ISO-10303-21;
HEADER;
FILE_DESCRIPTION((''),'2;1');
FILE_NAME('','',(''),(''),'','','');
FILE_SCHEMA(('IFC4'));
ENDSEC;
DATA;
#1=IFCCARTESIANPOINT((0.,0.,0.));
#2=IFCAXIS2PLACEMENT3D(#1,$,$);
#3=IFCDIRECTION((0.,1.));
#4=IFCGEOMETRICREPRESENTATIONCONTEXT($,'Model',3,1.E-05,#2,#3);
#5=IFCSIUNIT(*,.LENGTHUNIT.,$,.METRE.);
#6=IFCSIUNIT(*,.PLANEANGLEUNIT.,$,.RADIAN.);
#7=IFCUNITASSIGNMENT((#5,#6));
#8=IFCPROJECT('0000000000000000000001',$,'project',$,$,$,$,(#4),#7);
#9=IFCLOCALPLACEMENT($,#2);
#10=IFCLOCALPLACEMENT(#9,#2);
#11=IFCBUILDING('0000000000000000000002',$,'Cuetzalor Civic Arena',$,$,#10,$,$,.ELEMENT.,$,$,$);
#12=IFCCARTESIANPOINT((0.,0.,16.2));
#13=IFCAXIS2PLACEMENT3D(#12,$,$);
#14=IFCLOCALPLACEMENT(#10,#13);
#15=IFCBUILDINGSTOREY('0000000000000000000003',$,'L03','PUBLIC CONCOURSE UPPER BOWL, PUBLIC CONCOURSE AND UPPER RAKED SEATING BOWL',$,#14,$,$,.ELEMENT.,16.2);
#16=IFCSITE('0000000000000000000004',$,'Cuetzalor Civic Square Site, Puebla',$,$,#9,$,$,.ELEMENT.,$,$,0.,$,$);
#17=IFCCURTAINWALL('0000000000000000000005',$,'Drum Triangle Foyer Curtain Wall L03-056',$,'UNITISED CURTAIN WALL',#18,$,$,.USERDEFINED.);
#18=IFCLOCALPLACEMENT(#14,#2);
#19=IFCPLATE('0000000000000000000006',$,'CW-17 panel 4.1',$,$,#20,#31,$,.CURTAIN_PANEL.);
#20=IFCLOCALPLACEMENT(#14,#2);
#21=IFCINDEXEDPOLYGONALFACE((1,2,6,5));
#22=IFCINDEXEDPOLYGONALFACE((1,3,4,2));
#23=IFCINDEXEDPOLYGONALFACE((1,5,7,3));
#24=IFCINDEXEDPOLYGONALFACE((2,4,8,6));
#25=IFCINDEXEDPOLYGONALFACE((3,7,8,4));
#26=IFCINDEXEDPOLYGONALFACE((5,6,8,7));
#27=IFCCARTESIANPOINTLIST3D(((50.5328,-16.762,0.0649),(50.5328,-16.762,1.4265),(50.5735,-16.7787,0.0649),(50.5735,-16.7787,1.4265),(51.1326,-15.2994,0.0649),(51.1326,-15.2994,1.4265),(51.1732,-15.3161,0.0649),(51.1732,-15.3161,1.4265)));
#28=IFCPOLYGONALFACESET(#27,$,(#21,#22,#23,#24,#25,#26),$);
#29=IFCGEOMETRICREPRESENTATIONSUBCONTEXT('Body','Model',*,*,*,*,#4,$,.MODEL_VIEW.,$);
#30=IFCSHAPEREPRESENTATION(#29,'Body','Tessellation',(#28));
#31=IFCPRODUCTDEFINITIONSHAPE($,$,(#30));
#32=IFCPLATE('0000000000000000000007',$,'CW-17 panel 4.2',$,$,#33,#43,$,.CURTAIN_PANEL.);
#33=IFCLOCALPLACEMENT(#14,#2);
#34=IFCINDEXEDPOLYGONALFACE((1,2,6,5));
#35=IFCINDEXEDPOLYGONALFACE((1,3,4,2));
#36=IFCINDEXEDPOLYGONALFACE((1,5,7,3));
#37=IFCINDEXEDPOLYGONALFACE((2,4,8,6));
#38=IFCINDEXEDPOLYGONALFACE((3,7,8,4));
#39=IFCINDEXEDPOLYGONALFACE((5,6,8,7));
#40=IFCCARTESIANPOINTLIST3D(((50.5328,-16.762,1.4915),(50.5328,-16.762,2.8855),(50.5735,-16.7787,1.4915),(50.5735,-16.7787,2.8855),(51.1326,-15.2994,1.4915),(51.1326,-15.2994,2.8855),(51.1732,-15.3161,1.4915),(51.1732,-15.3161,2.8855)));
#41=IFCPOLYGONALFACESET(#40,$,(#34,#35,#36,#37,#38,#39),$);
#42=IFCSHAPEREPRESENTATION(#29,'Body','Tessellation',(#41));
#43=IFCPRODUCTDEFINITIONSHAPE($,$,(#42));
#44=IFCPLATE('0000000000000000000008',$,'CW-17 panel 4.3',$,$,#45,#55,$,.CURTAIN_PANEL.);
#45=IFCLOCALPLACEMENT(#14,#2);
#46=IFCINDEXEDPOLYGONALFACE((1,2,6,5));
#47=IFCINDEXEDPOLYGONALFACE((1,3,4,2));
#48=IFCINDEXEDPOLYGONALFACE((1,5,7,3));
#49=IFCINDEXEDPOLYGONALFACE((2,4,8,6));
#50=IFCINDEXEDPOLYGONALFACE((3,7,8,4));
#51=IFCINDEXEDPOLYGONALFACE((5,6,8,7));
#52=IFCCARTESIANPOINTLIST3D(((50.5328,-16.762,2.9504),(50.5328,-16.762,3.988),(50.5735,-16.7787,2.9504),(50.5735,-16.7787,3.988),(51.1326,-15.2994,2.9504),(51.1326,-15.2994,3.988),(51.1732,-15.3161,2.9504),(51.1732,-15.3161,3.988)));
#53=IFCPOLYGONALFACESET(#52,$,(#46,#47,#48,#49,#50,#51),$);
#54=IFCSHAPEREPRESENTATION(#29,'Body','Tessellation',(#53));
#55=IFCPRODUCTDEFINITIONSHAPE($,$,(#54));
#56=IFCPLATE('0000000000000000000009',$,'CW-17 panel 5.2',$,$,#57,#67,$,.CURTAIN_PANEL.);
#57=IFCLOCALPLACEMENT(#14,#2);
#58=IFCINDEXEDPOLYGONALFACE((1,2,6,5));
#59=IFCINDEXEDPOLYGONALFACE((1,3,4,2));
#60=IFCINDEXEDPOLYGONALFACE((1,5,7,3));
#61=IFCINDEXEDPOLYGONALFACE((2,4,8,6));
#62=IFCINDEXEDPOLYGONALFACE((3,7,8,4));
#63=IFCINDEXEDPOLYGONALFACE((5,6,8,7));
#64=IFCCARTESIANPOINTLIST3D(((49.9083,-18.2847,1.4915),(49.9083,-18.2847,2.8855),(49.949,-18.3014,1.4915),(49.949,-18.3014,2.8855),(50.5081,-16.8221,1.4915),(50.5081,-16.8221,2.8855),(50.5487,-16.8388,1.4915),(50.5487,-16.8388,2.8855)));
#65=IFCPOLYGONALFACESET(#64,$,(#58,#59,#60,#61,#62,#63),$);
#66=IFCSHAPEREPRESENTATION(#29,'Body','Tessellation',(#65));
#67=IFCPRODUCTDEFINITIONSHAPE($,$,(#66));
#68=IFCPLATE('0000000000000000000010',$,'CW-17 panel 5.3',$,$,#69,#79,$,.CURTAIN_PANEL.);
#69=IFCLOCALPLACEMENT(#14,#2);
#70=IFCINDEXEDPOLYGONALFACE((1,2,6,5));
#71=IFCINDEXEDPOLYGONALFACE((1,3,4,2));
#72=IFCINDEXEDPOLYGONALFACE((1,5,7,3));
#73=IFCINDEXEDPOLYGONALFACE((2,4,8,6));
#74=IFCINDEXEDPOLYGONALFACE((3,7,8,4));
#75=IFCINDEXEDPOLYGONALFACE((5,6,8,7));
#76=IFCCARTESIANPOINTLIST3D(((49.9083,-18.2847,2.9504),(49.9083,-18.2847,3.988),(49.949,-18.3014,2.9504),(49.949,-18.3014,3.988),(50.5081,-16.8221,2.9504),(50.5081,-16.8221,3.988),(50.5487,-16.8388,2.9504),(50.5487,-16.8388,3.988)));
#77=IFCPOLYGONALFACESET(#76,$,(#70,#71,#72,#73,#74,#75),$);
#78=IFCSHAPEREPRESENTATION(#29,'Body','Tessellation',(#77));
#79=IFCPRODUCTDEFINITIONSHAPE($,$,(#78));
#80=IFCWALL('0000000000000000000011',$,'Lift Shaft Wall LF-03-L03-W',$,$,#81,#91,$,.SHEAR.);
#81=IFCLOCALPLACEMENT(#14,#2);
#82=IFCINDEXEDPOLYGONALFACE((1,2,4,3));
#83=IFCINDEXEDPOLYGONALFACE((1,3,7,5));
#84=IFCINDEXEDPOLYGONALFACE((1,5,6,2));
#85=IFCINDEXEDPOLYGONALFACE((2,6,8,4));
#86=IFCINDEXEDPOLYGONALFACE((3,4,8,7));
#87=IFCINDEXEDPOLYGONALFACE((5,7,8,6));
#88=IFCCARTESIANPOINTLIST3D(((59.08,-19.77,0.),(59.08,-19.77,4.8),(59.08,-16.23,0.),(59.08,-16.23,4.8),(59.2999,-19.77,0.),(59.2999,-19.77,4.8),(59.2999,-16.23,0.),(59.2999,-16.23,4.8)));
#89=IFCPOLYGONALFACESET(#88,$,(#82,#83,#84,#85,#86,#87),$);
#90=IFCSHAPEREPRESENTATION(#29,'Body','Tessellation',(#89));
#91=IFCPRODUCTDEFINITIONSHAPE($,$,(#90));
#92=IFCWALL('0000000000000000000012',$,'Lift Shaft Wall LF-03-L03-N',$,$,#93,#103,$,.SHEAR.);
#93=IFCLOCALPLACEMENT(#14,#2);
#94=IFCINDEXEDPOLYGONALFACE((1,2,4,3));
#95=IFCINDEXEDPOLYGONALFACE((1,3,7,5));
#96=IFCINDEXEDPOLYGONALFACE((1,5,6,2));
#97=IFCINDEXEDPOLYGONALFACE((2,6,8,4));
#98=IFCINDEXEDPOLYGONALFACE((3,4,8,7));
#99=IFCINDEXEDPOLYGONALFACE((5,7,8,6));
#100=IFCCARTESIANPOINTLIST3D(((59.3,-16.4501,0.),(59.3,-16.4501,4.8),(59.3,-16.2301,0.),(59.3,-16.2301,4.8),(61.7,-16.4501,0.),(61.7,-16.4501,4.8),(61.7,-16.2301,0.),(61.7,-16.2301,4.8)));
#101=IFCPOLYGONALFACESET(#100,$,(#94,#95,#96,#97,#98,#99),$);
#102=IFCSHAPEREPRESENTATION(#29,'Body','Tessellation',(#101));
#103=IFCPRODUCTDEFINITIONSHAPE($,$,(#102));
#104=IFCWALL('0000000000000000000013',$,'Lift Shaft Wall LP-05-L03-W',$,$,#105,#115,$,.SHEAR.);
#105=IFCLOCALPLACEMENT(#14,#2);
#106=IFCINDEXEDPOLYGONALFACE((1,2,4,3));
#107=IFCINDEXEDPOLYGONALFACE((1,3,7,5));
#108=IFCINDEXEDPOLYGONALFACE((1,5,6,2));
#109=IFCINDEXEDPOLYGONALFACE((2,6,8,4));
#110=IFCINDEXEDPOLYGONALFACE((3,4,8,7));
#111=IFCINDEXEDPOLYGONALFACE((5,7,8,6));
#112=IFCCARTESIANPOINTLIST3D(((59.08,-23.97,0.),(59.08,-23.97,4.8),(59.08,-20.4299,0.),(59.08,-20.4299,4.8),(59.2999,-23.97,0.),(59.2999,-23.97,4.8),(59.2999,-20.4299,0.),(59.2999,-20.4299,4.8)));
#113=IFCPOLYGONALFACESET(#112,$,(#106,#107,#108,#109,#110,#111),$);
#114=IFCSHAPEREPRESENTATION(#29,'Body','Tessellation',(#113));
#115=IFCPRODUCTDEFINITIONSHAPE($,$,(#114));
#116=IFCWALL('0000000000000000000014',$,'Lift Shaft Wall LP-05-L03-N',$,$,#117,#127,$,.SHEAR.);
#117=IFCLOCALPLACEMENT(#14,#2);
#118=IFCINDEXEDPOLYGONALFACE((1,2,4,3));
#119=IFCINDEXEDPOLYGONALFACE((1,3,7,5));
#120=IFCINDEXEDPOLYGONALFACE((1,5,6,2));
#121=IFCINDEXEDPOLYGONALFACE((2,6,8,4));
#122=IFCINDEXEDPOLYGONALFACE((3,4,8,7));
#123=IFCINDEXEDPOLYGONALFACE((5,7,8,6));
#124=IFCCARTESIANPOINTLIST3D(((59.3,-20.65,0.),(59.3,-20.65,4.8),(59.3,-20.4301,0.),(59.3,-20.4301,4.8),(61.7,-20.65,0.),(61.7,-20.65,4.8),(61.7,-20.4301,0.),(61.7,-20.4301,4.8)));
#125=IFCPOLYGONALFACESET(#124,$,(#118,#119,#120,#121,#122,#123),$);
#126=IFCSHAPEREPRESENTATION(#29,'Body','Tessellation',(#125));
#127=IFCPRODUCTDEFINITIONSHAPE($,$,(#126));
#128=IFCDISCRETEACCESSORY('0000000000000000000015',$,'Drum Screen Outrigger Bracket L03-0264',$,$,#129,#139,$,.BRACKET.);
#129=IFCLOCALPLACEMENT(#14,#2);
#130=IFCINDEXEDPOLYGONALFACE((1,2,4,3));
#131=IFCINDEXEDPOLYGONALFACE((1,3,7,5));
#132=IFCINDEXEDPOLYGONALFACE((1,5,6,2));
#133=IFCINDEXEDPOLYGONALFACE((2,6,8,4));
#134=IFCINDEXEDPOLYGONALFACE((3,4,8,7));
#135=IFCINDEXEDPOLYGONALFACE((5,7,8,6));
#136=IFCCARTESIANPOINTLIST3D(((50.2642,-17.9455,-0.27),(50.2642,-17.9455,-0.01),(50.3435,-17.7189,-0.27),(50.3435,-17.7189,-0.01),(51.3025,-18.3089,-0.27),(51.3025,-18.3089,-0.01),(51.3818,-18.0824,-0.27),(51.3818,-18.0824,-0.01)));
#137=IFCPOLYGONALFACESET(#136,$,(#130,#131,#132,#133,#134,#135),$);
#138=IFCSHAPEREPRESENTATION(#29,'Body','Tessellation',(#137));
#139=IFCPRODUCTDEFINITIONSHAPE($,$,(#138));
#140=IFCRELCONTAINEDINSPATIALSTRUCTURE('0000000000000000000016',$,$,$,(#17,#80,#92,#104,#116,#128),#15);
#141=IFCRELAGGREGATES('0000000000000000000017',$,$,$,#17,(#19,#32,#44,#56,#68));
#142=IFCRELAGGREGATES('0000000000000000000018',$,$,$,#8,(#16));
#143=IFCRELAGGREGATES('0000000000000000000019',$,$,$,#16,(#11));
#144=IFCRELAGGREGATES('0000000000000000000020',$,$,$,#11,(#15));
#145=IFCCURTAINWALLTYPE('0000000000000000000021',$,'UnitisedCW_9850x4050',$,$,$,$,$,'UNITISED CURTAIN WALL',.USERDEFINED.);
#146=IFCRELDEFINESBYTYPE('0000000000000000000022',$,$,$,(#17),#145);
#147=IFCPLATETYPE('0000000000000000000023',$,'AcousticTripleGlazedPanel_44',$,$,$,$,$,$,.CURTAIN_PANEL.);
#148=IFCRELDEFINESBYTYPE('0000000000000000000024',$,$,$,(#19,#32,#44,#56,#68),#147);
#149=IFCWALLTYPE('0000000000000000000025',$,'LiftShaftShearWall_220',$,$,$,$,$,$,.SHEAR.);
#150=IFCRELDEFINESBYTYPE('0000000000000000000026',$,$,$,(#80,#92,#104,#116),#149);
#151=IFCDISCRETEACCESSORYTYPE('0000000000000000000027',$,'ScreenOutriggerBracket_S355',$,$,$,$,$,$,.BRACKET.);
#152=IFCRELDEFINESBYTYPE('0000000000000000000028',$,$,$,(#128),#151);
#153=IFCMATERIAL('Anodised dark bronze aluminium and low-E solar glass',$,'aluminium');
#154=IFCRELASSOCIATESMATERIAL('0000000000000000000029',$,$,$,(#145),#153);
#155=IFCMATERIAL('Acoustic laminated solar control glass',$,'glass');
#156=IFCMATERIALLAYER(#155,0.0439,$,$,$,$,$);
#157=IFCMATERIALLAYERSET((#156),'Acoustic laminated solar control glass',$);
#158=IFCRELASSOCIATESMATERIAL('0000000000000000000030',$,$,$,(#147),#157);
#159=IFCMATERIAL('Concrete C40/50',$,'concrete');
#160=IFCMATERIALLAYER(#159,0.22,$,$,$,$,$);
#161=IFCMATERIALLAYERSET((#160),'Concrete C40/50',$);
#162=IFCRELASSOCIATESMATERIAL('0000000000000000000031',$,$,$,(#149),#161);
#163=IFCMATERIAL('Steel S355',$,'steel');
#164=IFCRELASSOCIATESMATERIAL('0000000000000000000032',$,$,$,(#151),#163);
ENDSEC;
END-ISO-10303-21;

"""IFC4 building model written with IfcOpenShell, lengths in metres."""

from ifc_helpers import new_model, si_unit, direction, frame, frame_2d, origin, origin_2d, place, context, subcontext, project, spatial, rectangle, extrude, material, layer, layer_set, type_object, element, aggregate, save


model = new_model("IFC4")

# Units and contexts
model_context = context("Model", 3, precision=1e-05, world=origin(), true_north=direction((0.0, 1.0)))
body_context = subcontext(model_context, "Body", "Model", "MODEL_VIEW")
ifc_project = project(units=[si_unit("LENGTHUNIT", "METRE"), si_unit("PLANEANGLEUNIT", "RADIAN")], contexts=[model_context])

# Site, building, storey
site_placement = place(None, origin())
site = spatial("IfcSite", under=ifc_project, at=site_placement, Name="Cuetzalor Civic Square Site, Puebla", CompositionType="ELEMENT", RefElevation=0.0)
building_placement = place(site_placement, origin())
building = spatial("IfcBuilding", under=site, at=building_placement, Name="Cuetzalor Civic Arena", CompositionType="ELEMENT")
storey_placement = place(building_placement, frame((0.0, 0.0, 16.2)))
storey = spatial("IfcBuildingStorey", under=building, at=storey_placement, Name="L03", Description="PUBLIC CONCOURSE UPPER BOWL, PUBLIC CONCOURSE AND UPPER RAKED SEATING BOWL", CompositionType="ELEMENT", Elevation=16.2)

# Curtain wall
ifc_material_1 = material(Name="Anodised dark bronze aluminium and low-E solar glass", Category="aluminium")
curtain_wall_type = type_object("IfcCurtainWallType", Name="UnitisedCW_9850x4050", ElementType="UNITISED CURTAIN WALL", PredefinedType="USERDEFINED", material=ifc_material_1)
curtain_wall_placement = place(storey_placement, origin())
curtain_wall = element("IfcCurtainWall", 1, at=curtain_wall_placement, inside=storey, type_object=curtain_wall_type, Name="Drum Triangle Foyer Curtain Wall L03-056", ObjectType="UNITISED CURTAIN WALL", PredefinedType="USERDEFINED")

# Plates
ifc_material_2 = material(Name="Acoustic laminated solar control glass", Category="glass")
ifc_layer_1 = layer(ifc_material_2, 0.0439)
ifc_layer_set_1 = layer_set([ifc_layer_1], Name="Acoustic laminated solar control glass")
plate_type = type_object("IfcPlateType", Name="AcousticTripleGlazedPanel_44", PredefinedType="CURTAIN_PANEL", material=ifc_layer_set_1)
plate_1_placement = place(storey_placement, frame((50.853, -16.0391, 0.0649), z_axis=(0.0, 0.0, 1.0), x_axis=(-0.379391, -0.925236, 0.0)))
plate_1 = element("IfcPlate", 2, at=plate_1_placement, type_object=plate_type, Name="CW-17 panel 4.1", PredefinedType="CURTAIN_PANEL", context=body_context, shape_type="SweptSolid", body=[
    extrude(rectangle(XDim=1.5808, YDim=0.0439, at=origin_2d()), origin(), (0.0, 0.0, 1.0), 1.3616),
])
plate_2_placement = place(storey_placement, frame((50.853, -16.0391, 1.4915), z_axis=(0.0, 0.0, 1.0), x_axis=(-0.379391, -0.925236, 0.0)))
plate_2 = element("IfcPlate", 3, at=plate_2_placement, type_object=plate_type, Name="CW-17 panel 4.2", PredefinedType="CURTAIN_PANEL", context=body_context, shape_type="SweptSolid", body=[
    extrude(rectangle(XDim=1.5808, YDim=0.0439, at=origin_2d()), origin(), (0.0, 0.0, 1.0), 1.394),
])
plate_3_placement = place(storey_placement, frame((50.853, -16.0391, 2.9504), z_axis=(0.0, 0.0, 1.0), x_axis=(-0.379391, -0.925236, 0.0)))
plate_3 = element("IfcPlate", 4, at=plate_3_placement, type_object=plate_type, Name="CW-17 panel 4.3", PredefinedType="CURTAIN_PANEL", context=body_context, shape_type="SweptSolid", body=[
    extrude(rectangle(XDim=1.5808, YDim=0.0439, at=origin_2d()), origin(), (0.0, 0.0, 1.0), 1.0376),
])
plate_4_placement = place(storey_placement, frame((50.2285, -17.5618, 1.4915), z_axis=(0.0, 0.0, 1.0), x_axis=(-0.379391, -0.925236, 0.0)))
plate_4 = element("IfcPlate", 5, at=plate_4_placement, type_object=plate_type, Name="CW-17 panel 5.2", PredefinedType="CURTAIN_PANEL", context=body_context, shape_type="SweptSolid", body=[
    extrude(rectangle(XDim=1.5808, YDim=0.0439, at=origin_2d()), origin(), (0.0, 0.0, 1.0), 1.394),
])
plate_5_placement = place(storey_placement, frame((50.2285, -17.5618, 2.9504), z_axis=(0.0, 0.0, 1.0), x_axis=(-0.379391, -0.925236, 0.0)))
plate_5 = element("IfcPlate", 6, at=plate_5_placement, type_object=plate_type, Name="CW-17 panel 5.3", PredefinedType="CURTAIN_PANEL", context=body_context, shape_type="SweptSolid", body=[
    extrude(rectangle(XDim=1.5808, YDim=0.0439, at=origin_2d()), origin(), (0.0, 0.0, 1.0), 1.0376),
])
aggregate(curtain_wall, [plate_1, plate_2, plate_3, plate_4, plate_5])

# Walls
ifc_material_3 = material(Name="Concrete C40/50", Category="concrete")
ifc_layer_2 = layer(ifc_material_3, 0.22)
ifc_layer_set_2 = layer_set([ifc_layer_2], Name="Concrete C40/50")
wall_type = type_object("IfcWallType", Name="LiftShaftShearWall_220", PredefinedType="SHEAR", material=ifc_layer_set_2)
wall_1_placement = place(storey_placement, frame((59.1899, -19.77, 0.0), z_axis=(0.0, 0.0, 1.0), x_axis=(0.0, 1.0, 0.0)))
element("IfcWall", 7, at=wall_1_placement, inside=storey, type_object=wall_type, Name="Lift Shaft Wall LF-03-L03-W", PredefinedType="SHEAR", context=body_context, shape_type="SweptSolid", body=[
    extrude(rectangle(XDim=3.54, YDim=0.22, at=frame_2d((1.77, 0.0))), origin(), (0.0, 0.0, 1.0), 4.8),
])
wall_2_placement = place(storey_placement, frame((59.3, -16.3401, 0.0), z_axis=(0.0, 0.0, 1.0), x_axis=(1.0, 0.0, 0.0)))
element("IfcWall", 8, at=wall_2_placement, inside=storey, type_object=wall_type, Name="Lift Shaft Wall LF-03-L03-N", PredefinedType="SHEAR", context=body_context, shape_type="SweptSolid", body=[
    extrude(rectangle(XDim=2.3999, YDim=0.22, at=frame_2d((1.2, 0.0))), origin(), (0.0, 0.0, 1.0), 4.8),
])
wall_3_placement = place(storey_placement, frame((59.1899, -23.97, 0.0), z_axis=(0.0, 0.0, 1.0), x_axis=(0.0, 1.0, 0.0)))
element("IfcWall", 9, at=wall_3_placement, inside=storey, type_object=wall_type, Name="Lift Shaft Wall LP-05-L03-W", PredefinedType="SHEAR", context=body_context, shape_type="SweptSolid", body=[
    extrude(rectangle(XDim=3.54, YDim=0.22, at=frame_2d((1.77, 0.0))), origin(), (0.0, 0.0, 1.0), 4.8),
])
wall_4_placement = place(storey_placement, frame((59.3, -20.54, 0.0), z_axis=(0.0, 0.0, 1.0), x_axis=(1.0, 0.0, 0.0)))
element("IfcWall", 10, at=wall_4_placement, inside=storey, type_object=wall_type, Name="Lift Shaft Wall LP-05-L03-N", PredefinedType="SHEAR", context=body_context, shape_type="SweptSolid", body=[
    extrude(rectangle(XDim=2.3999, YDim=0.22, at=frame_2d((1.2, 0.0))), origin(), (0.0, 0.0, 1.0), 4.8),
])

# Discrete accessory
ifc_material_4 = material(Name="Steel S355", Category="steel")
discrete_accessory_type = type_object("IfcDiscreteAccessoryType", Name="ScreenOutriggerBracket_S355", PredefinedType="BRACKET", material=ifc_material_4)
discrete_accessory_placement = place(storey_placement, frame((50.823, -18.0139, -0.27), z_axis=(0.0, 0.0, 1.0), x_axis=(0.943859, -0.33035, 0.0)))
element("IfcDiscreteAccessory", 11, at=discrete_accessory_placement, inside=storey, type_object=discrete_accessory_type, Name="Drum Screen Outrigger Bracket L03-0264", PredefinedType="BRACKET", context=body_context, shape_type="SweptSolid", body=[
    extrude(rectangle(XDim=1.1001, YDim=0.24, at=origin_2d()), origin(), (0.0, 0.0, 1.0), 0.26),
])

save(model, "model.ifc")
